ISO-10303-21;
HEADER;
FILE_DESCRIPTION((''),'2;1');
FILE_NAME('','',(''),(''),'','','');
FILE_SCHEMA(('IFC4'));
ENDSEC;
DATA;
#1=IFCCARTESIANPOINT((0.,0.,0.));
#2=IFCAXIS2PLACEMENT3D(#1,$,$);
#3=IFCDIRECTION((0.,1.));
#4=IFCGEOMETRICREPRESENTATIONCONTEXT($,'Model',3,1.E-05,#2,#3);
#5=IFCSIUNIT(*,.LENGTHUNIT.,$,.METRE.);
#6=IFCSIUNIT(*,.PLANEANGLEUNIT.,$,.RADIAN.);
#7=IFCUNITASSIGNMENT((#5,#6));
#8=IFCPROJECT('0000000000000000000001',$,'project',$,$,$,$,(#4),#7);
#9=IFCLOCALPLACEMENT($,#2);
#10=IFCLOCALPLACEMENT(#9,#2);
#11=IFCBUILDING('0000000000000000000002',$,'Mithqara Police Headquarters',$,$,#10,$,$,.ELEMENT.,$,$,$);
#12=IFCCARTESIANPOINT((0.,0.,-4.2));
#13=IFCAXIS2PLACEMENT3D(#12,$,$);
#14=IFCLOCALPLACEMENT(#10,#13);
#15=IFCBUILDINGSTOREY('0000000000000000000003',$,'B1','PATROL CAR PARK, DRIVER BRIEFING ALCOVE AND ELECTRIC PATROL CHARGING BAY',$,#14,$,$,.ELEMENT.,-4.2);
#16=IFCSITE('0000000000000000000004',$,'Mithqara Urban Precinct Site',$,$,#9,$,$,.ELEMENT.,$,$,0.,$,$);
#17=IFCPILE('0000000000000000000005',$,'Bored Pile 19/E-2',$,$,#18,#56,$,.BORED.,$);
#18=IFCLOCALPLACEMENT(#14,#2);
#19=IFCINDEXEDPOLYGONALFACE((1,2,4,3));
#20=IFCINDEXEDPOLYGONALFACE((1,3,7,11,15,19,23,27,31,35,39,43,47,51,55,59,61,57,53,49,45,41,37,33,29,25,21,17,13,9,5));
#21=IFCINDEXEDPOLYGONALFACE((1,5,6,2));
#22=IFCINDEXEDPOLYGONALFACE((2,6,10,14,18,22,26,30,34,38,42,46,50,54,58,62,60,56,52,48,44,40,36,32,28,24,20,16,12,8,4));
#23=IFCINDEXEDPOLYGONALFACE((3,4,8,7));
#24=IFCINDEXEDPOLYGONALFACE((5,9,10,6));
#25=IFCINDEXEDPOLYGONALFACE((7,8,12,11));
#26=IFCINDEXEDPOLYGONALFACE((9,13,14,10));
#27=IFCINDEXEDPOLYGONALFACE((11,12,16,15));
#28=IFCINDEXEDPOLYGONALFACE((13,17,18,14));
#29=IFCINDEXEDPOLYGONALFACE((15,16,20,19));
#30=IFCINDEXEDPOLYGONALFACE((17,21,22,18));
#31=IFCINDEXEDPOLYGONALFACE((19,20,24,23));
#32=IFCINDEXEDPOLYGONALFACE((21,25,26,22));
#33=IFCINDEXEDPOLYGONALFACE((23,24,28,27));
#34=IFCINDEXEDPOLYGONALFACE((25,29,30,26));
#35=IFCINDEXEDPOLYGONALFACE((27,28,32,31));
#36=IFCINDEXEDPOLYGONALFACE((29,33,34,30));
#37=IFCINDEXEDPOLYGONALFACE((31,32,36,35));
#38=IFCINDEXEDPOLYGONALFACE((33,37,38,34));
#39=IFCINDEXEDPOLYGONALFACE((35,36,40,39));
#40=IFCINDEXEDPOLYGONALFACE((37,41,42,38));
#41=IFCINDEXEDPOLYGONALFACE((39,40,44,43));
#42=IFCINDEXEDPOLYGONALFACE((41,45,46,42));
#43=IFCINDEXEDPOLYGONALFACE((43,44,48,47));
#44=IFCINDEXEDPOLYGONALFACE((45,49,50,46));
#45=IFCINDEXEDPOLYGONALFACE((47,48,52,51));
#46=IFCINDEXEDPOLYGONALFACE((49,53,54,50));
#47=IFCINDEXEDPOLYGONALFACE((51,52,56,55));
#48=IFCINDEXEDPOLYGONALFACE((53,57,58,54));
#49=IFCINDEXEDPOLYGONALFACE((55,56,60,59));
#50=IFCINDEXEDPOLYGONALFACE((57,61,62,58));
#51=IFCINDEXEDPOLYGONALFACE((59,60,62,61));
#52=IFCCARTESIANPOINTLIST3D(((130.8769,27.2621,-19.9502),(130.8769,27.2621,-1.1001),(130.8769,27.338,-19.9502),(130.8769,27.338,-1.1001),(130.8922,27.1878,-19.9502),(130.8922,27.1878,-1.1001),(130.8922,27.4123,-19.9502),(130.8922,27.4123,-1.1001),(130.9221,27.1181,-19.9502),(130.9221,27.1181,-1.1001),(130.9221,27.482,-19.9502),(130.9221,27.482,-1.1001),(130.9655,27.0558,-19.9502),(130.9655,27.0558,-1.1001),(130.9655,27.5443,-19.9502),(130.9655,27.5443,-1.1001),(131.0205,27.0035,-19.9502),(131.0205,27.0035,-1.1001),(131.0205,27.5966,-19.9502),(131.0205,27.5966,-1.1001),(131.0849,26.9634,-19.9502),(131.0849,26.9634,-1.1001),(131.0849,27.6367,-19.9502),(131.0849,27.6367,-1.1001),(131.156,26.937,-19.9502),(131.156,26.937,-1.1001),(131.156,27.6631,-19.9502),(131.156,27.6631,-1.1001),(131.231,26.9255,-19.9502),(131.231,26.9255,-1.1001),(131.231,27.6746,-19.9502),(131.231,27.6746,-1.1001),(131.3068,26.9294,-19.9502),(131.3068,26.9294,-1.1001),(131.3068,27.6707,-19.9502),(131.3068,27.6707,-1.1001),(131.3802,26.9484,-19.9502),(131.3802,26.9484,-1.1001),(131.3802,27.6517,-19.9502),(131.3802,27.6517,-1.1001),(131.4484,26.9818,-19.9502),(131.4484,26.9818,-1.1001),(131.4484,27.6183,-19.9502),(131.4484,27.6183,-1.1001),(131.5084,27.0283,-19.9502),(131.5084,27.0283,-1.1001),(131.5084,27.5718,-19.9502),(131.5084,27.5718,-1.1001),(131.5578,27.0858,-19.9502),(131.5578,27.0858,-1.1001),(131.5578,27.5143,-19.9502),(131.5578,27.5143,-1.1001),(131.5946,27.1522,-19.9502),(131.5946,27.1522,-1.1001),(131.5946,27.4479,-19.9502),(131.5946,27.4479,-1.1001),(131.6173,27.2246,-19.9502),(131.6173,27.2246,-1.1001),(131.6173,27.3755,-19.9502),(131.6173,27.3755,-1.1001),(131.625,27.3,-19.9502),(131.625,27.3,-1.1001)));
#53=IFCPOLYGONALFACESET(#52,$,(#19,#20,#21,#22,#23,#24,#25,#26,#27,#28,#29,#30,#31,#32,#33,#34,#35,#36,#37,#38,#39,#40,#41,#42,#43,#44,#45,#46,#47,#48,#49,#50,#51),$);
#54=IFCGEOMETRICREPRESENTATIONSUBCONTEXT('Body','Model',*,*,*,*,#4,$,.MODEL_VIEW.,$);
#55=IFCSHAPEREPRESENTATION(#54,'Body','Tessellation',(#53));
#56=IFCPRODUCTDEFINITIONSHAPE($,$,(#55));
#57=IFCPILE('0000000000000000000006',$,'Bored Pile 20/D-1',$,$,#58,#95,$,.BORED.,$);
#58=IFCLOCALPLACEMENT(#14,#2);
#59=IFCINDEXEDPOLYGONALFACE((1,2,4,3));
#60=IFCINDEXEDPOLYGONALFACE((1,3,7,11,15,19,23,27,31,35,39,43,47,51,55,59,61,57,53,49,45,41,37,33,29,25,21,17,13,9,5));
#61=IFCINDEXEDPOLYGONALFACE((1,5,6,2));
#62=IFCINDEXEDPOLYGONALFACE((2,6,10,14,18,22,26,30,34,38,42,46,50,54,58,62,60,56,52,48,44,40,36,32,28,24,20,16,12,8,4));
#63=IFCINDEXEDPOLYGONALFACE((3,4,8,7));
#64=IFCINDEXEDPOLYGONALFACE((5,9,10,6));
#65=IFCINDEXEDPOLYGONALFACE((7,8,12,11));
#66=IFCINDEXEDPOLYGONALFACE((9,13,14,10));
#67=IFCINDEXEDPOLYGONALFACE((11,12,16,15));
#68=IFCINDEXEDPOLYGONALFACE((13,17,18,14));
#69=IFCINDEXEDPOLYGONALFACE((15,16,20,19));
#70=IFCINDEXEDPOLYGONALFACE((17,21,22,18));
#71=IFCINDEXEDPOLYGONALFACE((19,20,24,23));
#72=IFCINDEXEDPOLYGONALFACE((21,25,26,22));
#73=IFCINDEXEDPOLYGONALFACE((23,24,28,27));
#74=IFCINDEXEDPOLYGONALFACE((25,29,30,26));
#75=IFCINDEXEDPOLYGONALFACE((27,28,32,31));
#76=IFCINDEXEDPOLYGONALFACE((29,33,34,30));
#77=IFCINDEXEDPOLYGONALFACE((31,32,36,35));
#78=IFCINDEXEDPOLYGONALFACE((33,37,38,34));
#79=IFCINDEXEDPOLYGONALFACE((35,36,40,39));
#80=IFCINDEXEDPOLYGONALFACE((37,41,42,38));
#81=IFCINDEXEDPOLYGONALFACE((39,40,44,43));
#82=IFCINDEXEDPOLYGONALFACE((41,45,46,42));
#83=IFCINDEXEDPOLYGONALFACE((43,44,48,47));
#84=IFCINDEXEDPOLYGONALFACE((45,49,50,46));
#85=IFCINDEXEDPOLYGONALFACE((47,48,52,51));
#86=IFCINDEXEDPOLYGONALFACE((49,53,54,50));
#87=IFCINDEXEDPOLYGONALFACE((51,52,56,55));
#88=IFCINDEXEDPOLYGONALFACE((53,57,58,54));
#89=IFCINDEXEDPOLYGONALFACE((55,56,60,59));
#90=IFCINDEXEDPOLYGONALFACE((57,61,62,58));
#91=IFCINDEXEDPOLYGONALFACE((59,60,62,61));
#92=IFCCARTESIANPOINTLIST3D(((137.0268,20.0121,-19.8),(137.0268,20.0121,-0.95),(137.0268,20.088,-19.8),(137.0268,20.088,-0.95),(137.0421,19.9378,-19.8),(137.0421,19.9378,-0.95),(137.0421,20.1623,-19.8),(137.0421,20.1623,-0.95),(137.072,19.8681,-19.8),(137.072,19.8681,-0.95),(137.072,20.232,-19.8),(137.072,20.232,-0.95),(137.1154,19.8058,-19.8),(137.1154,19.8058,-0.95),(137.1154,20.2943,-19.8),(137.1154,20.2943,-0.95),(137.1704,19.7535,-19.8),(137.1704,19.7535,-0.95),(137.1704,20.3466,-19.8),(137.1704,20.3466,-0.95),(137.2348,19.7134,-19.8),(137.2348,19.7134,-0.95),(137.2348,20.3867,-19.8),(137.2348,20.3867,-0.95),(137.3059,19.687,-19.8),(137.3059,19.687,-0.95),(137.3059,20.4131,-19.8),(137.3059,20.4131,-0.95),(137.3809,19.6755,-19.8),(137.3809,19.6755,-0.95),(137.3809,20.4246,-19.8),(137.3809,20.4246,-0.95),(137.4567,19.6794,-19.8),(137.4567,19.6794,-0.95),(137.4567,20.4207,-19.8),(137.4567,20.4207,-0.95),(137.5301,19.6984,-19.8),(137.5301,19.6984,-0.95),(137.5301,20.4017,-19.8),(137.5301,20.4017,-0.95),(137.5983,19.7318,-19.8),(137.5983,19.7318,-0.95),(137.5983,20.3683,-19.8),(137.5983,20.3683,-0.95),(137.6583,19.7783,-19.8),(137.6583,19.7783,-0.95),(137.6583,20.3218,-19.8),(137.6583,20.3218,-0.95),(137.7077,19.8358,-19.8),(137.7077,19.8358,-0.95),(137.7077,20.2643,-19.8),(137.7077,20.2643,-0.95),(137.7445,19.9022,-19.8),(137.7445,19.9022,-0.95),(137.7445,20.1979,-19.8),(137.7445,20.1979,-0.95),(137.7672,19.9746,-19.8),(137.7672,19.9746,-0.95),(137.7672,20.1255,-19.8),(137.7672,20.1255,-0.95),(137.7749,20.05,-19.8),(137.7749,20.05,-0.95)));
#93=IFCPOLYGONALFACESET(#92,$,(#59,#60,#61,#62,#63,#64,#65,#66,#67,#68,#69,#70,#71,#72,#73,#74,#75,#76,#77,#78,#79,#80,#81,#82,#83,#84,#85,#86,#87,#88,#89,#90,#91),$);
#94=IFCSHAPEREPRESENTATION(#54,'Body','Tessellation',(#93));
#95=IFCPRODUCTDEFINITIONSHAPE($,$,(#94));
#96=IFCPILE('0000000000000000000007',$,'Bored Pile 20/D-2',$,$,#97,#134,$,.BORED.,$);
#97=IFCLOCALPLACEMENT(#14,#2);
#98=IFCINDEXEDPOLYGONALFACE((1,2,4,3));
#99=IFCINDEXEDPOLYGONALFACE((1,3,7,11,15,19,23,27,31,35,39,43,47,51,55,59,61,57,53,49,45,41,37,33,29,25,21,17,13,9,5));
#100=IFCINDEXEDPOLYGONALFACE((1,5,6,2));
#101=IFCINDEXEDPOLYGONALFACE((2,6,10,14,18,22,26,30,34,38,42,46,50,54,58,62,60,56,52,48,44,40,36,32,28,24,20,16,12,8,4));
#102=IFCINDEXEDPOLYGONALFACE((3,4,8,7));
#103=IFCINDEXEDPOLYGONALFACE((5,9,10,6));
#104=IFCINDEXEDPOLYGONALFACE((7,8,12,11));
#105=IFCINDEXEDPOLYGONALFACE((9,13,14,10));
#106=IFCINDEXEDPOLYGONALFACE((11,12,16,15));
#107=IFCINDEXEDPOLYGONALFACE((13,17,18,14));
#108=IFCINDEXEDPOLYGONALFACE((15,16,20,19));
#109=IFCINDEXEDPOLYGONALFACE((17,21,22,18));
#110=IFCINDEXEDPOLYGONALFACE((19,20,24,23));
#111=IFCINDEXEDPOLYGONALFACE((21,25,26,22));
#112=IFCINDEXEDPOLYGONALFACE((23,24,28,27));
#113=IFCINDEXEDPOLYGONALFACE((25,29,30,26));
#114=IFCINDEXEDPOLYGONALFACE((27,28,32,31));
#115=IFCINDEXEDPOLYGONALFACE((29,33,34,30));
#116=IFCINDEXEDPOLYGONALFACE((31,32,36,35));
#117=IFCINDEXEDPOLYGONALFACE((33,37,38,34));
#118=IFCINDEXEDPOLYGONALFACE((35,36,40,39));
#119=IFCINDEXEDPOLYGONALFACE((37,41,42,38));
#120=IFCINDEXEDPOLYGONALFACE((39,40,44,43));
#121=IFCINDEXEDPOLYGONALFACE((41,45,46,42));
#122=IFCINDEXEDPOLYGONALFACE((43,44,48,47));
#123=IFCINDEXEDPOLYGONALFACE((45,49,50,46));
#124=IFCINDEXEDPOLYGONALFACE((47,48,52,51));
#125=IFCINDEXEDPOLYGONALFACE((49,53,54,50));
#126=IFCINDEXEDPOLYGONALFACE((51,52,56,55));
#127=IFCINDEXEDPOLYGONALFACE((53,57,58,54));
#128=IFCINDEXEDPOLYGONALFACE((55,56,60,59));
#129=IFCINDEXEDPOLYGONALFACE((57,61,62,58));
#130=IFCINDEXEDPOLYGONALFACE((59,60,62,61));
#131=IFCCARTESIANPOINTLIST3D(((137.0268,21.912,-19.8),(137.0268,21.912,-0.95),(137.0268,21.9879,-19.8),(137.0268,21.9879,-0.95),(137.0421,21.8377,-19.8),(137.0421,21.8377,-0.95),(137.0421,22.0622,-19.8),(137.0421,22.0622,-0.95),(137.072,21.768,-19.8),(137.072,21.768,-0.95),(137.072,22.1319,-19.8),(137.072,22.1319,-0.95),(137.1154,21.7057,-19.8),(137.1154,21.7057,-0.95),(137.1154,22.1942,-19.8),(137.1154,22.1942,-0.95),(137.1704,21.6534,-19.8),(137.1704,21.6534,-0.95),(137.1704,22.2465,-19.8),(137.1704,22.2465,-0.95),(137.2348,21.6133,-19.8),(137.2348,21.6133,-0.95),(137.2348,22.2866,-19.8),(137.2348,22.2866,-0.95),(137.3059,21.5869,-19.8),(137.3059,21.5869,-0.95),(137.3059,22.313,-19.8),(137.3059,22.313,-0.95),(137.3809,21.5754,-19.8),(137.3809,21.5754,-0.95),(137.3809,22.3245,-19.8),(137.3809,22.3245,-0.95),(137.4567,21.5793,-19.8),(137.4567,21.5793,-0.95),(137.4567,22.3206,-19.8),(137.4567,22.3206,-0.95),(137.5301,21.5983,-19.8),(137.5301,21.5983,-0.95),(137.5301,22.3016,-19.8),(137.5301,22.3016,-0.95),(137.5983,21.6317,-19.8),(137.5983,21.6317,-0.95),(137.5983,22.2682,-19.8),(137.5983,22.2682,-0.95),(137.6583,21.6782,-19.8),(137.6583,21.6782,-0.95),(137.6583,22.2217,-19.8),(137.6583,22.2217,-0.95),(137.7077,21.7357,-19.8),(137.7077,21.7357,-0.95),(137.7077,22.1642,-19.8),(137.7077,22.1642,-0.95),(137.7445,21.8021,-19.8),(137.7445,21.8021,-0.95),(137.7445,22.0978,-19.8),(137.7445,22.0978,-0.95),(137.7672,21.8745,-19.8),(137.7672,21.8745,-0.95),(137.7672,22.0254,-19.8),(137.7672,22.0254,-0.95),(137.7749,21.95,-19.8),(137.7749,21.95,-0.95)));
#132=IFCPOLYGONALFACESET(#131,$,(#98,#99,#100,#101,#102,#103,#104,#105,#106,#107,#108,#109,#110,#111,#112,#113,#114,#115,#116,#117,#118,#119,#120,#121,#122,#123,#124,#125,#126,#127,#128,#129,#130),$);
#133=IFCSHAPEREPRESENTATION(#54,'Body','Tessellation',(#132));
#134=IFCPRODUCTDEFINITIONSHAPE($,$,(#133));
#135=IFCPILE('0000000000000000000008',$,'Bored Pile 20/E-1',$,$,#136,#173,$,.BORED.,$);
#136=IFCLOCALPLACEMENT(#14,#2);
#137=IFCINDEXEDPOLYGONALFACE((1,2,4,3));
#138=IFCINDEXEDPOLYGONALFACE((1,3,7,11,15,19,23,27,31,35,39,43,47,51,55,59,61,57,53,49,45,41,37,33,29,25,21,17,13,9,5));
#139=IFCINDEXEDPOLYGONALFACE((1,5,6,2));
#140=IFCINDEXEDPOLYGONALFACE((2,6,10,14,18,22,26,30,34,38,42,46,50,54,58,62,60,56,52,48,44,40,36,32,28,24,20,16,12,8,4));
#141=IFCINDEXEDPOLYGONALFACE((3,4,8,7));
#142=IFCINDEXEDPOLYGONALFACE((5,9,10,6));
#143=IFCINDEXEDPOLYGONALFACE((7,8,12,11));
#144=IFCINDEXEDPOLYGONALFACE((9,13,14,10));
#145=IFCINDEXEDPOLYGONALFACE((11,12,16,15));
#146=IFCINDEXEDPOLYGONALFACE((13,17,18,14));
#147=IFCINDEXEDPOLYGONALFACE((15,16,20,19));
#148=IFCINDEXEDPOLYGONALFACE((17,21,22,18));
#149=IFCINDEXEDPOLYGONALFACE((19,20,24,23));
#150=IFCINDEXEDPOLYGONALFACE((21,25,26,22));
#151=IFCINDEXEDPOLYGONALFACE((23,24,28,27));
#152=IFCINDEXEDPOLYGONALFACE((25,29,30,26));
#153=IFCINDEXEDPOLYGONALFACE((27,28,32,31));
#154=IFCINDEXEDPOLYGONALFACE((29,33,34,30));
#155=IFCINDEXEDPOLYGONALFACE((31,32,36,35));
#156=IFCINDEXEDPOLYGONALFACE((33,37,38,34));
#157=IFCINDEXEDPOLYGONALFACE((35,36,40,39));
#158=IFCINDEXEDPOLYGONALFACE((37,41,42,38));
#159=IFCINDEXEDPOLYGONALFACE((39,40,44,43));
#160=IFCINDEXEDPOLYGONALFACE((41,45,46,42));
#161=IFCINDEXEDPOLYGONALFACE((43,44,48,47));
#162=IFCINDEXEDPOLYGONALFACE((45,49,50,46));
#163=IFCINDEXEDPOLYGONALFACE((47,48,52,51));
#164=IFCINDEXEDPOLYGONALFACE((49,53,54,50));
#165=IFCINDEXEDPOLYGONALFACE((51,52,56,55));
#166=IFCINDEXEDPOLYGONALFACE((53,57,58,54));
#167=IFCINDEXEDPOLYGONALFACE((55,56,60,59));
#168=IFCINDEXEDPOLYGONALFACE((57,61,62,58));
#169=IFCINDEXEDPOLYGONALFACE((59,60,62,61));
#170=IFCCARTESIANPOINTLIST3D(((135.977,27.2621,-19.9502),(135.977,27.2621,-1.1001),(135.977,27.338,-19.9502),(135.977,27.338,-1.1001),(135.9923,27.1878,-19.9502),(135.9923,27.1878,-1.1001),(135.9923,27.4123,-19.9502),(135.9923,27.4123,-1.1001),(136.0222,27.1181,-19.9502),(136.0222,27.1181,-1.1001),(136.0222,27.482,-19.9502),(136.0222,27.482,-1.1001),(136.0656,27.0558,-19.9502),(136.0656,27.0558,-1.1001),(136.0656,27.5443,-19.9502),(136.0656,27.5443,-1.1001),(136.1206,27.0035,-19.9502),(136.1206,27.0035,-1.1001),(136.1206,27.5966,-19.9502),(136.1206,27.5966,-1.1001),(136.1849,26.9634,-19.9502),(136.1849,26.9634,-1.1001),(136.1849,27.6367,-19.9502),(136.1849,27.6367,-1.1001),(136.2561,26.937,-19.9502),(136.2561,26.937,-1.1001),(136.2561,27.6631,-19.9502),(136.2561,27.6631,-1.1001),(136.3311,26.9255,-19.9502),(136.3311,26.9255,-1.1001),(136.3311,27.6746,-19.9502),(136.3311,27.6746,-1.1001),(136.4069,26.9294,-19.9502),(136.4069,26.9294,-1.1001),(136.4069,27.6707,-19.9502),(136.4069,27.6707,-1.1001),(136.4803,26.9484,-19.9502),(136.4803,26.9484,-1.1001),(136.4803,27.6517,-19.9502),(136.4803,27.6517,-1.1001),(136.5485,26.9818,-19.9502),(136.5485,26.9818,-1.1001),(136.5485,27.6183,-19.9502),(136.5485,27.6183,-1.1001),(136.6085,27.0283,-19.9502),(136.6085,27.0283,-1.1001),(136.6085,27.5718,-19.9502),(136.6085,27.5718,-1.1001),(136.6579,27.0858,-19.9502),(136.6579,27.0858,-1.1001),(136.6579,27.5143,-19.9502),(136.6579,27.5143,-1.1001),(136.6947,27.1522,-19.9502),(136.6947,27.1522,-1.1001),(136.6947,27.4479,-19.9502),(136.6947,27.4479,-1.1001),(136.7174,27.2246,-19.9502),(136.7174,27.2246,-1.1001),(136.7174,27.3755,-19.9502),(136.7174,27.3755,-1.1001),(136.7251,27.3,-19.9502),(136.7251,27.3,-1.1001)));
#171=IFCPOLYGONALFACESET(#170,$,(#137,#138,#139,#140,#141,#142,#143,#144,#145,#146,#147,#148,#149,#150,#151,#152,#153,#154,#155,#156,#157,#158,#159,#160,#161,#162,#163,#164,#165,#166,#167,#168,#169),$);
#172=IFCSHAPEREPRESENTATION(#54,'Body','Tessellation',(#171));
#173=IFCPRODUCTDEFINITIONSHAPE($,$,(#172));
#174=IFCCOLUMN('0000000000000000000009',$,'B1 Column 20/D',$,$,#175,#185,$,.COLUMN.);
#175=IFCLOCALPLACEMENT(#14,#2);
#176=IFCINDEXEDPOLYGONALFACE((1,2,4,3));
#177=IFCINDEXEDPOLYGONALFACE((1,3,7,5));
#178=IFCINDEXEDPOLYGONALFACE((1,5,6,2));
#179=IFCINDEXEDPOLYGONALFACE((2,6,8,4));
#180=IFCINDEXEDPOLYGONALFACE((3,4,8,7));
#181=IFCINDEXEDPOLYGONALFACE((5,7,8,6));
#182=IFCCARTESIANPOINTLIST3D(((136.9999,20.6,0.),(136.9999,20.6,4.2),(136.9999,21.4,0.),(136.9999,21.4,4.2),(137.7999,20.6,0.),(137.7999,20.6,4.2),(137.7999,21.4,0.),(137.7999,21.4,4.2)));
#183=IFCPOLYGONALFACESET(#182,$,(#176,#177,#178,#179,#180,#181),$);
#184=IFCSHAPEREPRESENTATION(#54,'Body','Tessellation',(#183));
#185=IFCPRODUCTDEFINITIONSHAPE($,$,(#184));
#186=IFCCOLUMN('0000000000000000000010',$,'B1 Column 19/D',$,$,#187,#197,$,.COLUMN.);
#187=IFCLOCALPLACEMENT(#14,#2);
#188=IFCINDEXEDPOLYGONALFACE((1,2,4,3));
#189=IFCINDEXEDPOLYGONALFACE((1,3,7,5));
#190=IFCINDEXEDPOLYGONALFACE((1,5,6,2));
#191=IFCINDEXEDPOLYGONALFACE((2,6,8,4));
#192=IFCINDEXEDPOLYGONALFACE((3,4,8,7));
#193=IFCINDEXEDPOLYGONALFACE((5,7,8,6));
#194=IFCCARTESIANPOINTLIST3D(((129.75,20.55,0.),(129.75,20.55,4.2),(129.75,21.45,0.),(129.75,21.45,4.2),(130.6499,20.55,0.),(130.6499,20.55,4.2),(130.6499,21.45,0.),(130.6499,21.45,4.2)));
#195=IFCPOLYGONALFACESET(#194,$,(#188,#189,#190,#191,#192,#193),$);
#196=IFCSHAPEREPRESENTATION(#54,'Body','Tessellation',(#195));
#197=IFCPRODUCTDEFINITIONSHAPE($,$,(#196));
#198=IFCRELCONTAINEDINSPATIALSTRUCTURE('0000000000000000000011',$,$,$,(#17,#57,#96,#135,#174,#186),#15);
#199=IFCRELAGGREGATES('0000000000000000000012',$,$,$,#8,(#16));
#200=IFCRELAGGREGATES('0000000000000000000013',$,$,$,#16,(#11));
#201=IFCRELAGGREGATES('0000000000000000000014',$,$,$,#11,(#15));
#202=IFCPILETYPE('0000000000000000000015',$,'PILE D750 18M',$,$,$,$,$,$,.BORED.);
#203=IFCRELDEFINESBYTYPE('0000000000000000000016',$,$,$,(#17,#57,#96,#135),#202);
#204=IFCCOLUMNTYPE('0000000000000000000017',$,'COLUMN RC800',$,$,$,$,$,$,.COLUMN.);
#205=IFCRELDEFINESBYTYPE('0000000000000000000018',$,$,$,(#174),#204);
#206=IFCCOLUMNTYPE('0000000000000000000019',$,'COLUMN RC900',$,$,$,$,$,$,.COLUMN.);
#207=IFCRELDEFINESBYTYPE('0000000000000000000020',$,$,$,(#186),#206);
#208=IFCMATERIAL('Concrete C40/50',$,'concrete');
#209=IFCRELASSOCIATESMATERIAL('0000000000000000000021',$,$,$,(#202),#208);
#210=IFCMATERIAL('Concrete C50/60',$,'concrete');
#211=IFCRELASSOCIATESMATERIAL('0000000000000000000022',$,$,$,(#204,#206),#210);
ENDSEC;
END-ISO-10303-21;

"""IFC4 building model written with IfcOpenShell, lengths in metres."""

from ifc_helpers import new_model, si_unit, direction, frame, origin, origin_2d, place, context, subcontext, project, spatial, rectangle, circle, extrude, material, material_profile, profile_set, type_object, element, save


model = new_model("IFC4")

# Units and contexts
model_context = context("Model", 3, precision=1e-05, world=origin(), true_north=direction((0.0, 1.0)))
body_context = subcontext(model_context, "Body", "Model", "MODEL_VIEW")
ifc_project = project(units=[si_unit("LENGTHUNIT", "METRE"), si_unit("PLANEANGLEUNIT", "RADIAN")], contexts=[model_context])

# Site, building, storey
site_placement = place(None, origin())
site = spatial("IfcSite", under=ifc_project, at=site_placement, Name="Mithqara Urban Precinct Site", CompositionType="ELEMENT", RefElevation=0.0)
building_placement = place(site_placement, origin())
building = spatial("IfcBuilding", under=site, at=building_placement, Name="Mithqara Police Headquarters", CompositionType="ELEMENT")
storey_placement = place(building_placement, frame((0.0, 0.0, -4.2)))
storey = spatial("IfcBuildingStorey", under=building, at=storey_placement, Name="B1", Description="PATROL CAR PARK, DRIVER BRIEFING ALCOVE AND ELECTRIC PATROL CHARGING BAY", CompositionType="ELEMENT", Elevation=-4.2)

# Shared definitions
ifc_material_1 = material(Name="Concrete C40/50", Category="concrete")

# Piles
ifc_material_profile_1 = material_profile(ifc_material_1, circle(Radius=0.375, at=origin_2d()), Name="PILE D750")
ifc_profile_set_1 = profile_set([ifc_material_profile_1], Name="Concrete C40/50")
pile_type = type_object("IfcPileType", Name="PILE D750 18M", PredefinedType="BORED", material=ifc_profile_set_1)
for number, where, z_axis, x_axis, name in (
    (1, (131.25, 27.3, -1.1001), (0.0, 0.0, -1.0), (1.0, 0.0, 0.0), "Bored Pile 19/E-2"),
    (2, (137.3999, 20.05, -0.95), (0.0, 0.0, -1.0), (1.0, 0.0, 0.0), "Bored Pile 20/D-1"),
    (3, (137.3999, 21.95, -0.95), (0.0, 0.0, -1.0), (1.0, 0.0, 0.0), "Bored Pile 20/D-2"),
    (4, (136.3501, 27.3, -1.1001), (0.0, 0.0, -1.0), (1.0, 0.0, 0.0), "Bored Pile 20/E-1"),
):
    element("IfcPile", number, at=place(storey_placement, frame(where, z_axis=z_axis, x_axis=x_axis)), inside=storey, type_object=pile_type, Name=name, PredefinedType="BORED", context=body_context, shape_type="SweptSolid", body=[
        extrude(circle(Radius=0.375, at=origin_2d()), origin(), (0.0, 0.0, 1.0), 18.8501),
    ])

# Columns
ifc_material_2 = material(Name="Concrete C50/60", Category="concrete")
ifc_material_profile_2 = material_profile(ifc_material_2, rectangle(XDim=0.8, YDim=0.8, at=origin_2d()), Name="RC 800x800")
ifc_profile_set_2 = profile_set([ifc_material_profile_2], Name="Concrete C50/60")
column_type_1 = type_object("IfcColumnType", Name="COLUMN RC800", PredefinedType="COLUMN", material=ifc_profile_set_2)
column_1_placement = place(storey_placement, frame((137.3999, 21.0, 0.0), z_axis=(0.0, 0.0, 1.0), x_axis=(1.0, 0.0, 0.0)))
element("IfcColumn", 5, at=column_1_placement, inside=storey, type_object=column_type_1, Name="B1 Column 20/D", PredefinedType="COLUMN", context=body_context, shape_type="SweptSolid", body=[
    extrude(rectangle(XDim=0.8, YDim=0.8, at=origin_2d()), origin(), (0.0, 0.0, 1.0), 4.2),
])
ifc_material_profile_3 = material_profile(ifc_material_2, rectangle(XDim=0.8999, YDim=0.8999, at=origin_2d()), Name="RC 900x900")
ifc_profile_set_3 = profile_set([ifc_material_profile_3], Name="Concrete C50/60")
column_type_2 = type_object("IfcColumnType", Name="COLUMN RC900", PredefinedType="COLUMN", material=ifc_profile_set_3)
column_2_placement = place(storey_placement, frame((130.2, 21.0, 0.0), z_axis=(0.0, 0.0, 1.0), x_axis=(1.0, 0.0, 0.0)))
element("IfcColumn", 6, at=column_2_placement, inside=storey, type_object=column_type_2, Name="B1 Column 19/D", PredefinedType="COLUMN", context=body_context, shape_type="SweptSolid", body=[
    extrude(rectangle(XDim=0.8999, YDim=0.8999, at=origin_2d()), origin(), (0.0, 0.0, 1.0), 4.2),
])

save(model, "model.ifc")
